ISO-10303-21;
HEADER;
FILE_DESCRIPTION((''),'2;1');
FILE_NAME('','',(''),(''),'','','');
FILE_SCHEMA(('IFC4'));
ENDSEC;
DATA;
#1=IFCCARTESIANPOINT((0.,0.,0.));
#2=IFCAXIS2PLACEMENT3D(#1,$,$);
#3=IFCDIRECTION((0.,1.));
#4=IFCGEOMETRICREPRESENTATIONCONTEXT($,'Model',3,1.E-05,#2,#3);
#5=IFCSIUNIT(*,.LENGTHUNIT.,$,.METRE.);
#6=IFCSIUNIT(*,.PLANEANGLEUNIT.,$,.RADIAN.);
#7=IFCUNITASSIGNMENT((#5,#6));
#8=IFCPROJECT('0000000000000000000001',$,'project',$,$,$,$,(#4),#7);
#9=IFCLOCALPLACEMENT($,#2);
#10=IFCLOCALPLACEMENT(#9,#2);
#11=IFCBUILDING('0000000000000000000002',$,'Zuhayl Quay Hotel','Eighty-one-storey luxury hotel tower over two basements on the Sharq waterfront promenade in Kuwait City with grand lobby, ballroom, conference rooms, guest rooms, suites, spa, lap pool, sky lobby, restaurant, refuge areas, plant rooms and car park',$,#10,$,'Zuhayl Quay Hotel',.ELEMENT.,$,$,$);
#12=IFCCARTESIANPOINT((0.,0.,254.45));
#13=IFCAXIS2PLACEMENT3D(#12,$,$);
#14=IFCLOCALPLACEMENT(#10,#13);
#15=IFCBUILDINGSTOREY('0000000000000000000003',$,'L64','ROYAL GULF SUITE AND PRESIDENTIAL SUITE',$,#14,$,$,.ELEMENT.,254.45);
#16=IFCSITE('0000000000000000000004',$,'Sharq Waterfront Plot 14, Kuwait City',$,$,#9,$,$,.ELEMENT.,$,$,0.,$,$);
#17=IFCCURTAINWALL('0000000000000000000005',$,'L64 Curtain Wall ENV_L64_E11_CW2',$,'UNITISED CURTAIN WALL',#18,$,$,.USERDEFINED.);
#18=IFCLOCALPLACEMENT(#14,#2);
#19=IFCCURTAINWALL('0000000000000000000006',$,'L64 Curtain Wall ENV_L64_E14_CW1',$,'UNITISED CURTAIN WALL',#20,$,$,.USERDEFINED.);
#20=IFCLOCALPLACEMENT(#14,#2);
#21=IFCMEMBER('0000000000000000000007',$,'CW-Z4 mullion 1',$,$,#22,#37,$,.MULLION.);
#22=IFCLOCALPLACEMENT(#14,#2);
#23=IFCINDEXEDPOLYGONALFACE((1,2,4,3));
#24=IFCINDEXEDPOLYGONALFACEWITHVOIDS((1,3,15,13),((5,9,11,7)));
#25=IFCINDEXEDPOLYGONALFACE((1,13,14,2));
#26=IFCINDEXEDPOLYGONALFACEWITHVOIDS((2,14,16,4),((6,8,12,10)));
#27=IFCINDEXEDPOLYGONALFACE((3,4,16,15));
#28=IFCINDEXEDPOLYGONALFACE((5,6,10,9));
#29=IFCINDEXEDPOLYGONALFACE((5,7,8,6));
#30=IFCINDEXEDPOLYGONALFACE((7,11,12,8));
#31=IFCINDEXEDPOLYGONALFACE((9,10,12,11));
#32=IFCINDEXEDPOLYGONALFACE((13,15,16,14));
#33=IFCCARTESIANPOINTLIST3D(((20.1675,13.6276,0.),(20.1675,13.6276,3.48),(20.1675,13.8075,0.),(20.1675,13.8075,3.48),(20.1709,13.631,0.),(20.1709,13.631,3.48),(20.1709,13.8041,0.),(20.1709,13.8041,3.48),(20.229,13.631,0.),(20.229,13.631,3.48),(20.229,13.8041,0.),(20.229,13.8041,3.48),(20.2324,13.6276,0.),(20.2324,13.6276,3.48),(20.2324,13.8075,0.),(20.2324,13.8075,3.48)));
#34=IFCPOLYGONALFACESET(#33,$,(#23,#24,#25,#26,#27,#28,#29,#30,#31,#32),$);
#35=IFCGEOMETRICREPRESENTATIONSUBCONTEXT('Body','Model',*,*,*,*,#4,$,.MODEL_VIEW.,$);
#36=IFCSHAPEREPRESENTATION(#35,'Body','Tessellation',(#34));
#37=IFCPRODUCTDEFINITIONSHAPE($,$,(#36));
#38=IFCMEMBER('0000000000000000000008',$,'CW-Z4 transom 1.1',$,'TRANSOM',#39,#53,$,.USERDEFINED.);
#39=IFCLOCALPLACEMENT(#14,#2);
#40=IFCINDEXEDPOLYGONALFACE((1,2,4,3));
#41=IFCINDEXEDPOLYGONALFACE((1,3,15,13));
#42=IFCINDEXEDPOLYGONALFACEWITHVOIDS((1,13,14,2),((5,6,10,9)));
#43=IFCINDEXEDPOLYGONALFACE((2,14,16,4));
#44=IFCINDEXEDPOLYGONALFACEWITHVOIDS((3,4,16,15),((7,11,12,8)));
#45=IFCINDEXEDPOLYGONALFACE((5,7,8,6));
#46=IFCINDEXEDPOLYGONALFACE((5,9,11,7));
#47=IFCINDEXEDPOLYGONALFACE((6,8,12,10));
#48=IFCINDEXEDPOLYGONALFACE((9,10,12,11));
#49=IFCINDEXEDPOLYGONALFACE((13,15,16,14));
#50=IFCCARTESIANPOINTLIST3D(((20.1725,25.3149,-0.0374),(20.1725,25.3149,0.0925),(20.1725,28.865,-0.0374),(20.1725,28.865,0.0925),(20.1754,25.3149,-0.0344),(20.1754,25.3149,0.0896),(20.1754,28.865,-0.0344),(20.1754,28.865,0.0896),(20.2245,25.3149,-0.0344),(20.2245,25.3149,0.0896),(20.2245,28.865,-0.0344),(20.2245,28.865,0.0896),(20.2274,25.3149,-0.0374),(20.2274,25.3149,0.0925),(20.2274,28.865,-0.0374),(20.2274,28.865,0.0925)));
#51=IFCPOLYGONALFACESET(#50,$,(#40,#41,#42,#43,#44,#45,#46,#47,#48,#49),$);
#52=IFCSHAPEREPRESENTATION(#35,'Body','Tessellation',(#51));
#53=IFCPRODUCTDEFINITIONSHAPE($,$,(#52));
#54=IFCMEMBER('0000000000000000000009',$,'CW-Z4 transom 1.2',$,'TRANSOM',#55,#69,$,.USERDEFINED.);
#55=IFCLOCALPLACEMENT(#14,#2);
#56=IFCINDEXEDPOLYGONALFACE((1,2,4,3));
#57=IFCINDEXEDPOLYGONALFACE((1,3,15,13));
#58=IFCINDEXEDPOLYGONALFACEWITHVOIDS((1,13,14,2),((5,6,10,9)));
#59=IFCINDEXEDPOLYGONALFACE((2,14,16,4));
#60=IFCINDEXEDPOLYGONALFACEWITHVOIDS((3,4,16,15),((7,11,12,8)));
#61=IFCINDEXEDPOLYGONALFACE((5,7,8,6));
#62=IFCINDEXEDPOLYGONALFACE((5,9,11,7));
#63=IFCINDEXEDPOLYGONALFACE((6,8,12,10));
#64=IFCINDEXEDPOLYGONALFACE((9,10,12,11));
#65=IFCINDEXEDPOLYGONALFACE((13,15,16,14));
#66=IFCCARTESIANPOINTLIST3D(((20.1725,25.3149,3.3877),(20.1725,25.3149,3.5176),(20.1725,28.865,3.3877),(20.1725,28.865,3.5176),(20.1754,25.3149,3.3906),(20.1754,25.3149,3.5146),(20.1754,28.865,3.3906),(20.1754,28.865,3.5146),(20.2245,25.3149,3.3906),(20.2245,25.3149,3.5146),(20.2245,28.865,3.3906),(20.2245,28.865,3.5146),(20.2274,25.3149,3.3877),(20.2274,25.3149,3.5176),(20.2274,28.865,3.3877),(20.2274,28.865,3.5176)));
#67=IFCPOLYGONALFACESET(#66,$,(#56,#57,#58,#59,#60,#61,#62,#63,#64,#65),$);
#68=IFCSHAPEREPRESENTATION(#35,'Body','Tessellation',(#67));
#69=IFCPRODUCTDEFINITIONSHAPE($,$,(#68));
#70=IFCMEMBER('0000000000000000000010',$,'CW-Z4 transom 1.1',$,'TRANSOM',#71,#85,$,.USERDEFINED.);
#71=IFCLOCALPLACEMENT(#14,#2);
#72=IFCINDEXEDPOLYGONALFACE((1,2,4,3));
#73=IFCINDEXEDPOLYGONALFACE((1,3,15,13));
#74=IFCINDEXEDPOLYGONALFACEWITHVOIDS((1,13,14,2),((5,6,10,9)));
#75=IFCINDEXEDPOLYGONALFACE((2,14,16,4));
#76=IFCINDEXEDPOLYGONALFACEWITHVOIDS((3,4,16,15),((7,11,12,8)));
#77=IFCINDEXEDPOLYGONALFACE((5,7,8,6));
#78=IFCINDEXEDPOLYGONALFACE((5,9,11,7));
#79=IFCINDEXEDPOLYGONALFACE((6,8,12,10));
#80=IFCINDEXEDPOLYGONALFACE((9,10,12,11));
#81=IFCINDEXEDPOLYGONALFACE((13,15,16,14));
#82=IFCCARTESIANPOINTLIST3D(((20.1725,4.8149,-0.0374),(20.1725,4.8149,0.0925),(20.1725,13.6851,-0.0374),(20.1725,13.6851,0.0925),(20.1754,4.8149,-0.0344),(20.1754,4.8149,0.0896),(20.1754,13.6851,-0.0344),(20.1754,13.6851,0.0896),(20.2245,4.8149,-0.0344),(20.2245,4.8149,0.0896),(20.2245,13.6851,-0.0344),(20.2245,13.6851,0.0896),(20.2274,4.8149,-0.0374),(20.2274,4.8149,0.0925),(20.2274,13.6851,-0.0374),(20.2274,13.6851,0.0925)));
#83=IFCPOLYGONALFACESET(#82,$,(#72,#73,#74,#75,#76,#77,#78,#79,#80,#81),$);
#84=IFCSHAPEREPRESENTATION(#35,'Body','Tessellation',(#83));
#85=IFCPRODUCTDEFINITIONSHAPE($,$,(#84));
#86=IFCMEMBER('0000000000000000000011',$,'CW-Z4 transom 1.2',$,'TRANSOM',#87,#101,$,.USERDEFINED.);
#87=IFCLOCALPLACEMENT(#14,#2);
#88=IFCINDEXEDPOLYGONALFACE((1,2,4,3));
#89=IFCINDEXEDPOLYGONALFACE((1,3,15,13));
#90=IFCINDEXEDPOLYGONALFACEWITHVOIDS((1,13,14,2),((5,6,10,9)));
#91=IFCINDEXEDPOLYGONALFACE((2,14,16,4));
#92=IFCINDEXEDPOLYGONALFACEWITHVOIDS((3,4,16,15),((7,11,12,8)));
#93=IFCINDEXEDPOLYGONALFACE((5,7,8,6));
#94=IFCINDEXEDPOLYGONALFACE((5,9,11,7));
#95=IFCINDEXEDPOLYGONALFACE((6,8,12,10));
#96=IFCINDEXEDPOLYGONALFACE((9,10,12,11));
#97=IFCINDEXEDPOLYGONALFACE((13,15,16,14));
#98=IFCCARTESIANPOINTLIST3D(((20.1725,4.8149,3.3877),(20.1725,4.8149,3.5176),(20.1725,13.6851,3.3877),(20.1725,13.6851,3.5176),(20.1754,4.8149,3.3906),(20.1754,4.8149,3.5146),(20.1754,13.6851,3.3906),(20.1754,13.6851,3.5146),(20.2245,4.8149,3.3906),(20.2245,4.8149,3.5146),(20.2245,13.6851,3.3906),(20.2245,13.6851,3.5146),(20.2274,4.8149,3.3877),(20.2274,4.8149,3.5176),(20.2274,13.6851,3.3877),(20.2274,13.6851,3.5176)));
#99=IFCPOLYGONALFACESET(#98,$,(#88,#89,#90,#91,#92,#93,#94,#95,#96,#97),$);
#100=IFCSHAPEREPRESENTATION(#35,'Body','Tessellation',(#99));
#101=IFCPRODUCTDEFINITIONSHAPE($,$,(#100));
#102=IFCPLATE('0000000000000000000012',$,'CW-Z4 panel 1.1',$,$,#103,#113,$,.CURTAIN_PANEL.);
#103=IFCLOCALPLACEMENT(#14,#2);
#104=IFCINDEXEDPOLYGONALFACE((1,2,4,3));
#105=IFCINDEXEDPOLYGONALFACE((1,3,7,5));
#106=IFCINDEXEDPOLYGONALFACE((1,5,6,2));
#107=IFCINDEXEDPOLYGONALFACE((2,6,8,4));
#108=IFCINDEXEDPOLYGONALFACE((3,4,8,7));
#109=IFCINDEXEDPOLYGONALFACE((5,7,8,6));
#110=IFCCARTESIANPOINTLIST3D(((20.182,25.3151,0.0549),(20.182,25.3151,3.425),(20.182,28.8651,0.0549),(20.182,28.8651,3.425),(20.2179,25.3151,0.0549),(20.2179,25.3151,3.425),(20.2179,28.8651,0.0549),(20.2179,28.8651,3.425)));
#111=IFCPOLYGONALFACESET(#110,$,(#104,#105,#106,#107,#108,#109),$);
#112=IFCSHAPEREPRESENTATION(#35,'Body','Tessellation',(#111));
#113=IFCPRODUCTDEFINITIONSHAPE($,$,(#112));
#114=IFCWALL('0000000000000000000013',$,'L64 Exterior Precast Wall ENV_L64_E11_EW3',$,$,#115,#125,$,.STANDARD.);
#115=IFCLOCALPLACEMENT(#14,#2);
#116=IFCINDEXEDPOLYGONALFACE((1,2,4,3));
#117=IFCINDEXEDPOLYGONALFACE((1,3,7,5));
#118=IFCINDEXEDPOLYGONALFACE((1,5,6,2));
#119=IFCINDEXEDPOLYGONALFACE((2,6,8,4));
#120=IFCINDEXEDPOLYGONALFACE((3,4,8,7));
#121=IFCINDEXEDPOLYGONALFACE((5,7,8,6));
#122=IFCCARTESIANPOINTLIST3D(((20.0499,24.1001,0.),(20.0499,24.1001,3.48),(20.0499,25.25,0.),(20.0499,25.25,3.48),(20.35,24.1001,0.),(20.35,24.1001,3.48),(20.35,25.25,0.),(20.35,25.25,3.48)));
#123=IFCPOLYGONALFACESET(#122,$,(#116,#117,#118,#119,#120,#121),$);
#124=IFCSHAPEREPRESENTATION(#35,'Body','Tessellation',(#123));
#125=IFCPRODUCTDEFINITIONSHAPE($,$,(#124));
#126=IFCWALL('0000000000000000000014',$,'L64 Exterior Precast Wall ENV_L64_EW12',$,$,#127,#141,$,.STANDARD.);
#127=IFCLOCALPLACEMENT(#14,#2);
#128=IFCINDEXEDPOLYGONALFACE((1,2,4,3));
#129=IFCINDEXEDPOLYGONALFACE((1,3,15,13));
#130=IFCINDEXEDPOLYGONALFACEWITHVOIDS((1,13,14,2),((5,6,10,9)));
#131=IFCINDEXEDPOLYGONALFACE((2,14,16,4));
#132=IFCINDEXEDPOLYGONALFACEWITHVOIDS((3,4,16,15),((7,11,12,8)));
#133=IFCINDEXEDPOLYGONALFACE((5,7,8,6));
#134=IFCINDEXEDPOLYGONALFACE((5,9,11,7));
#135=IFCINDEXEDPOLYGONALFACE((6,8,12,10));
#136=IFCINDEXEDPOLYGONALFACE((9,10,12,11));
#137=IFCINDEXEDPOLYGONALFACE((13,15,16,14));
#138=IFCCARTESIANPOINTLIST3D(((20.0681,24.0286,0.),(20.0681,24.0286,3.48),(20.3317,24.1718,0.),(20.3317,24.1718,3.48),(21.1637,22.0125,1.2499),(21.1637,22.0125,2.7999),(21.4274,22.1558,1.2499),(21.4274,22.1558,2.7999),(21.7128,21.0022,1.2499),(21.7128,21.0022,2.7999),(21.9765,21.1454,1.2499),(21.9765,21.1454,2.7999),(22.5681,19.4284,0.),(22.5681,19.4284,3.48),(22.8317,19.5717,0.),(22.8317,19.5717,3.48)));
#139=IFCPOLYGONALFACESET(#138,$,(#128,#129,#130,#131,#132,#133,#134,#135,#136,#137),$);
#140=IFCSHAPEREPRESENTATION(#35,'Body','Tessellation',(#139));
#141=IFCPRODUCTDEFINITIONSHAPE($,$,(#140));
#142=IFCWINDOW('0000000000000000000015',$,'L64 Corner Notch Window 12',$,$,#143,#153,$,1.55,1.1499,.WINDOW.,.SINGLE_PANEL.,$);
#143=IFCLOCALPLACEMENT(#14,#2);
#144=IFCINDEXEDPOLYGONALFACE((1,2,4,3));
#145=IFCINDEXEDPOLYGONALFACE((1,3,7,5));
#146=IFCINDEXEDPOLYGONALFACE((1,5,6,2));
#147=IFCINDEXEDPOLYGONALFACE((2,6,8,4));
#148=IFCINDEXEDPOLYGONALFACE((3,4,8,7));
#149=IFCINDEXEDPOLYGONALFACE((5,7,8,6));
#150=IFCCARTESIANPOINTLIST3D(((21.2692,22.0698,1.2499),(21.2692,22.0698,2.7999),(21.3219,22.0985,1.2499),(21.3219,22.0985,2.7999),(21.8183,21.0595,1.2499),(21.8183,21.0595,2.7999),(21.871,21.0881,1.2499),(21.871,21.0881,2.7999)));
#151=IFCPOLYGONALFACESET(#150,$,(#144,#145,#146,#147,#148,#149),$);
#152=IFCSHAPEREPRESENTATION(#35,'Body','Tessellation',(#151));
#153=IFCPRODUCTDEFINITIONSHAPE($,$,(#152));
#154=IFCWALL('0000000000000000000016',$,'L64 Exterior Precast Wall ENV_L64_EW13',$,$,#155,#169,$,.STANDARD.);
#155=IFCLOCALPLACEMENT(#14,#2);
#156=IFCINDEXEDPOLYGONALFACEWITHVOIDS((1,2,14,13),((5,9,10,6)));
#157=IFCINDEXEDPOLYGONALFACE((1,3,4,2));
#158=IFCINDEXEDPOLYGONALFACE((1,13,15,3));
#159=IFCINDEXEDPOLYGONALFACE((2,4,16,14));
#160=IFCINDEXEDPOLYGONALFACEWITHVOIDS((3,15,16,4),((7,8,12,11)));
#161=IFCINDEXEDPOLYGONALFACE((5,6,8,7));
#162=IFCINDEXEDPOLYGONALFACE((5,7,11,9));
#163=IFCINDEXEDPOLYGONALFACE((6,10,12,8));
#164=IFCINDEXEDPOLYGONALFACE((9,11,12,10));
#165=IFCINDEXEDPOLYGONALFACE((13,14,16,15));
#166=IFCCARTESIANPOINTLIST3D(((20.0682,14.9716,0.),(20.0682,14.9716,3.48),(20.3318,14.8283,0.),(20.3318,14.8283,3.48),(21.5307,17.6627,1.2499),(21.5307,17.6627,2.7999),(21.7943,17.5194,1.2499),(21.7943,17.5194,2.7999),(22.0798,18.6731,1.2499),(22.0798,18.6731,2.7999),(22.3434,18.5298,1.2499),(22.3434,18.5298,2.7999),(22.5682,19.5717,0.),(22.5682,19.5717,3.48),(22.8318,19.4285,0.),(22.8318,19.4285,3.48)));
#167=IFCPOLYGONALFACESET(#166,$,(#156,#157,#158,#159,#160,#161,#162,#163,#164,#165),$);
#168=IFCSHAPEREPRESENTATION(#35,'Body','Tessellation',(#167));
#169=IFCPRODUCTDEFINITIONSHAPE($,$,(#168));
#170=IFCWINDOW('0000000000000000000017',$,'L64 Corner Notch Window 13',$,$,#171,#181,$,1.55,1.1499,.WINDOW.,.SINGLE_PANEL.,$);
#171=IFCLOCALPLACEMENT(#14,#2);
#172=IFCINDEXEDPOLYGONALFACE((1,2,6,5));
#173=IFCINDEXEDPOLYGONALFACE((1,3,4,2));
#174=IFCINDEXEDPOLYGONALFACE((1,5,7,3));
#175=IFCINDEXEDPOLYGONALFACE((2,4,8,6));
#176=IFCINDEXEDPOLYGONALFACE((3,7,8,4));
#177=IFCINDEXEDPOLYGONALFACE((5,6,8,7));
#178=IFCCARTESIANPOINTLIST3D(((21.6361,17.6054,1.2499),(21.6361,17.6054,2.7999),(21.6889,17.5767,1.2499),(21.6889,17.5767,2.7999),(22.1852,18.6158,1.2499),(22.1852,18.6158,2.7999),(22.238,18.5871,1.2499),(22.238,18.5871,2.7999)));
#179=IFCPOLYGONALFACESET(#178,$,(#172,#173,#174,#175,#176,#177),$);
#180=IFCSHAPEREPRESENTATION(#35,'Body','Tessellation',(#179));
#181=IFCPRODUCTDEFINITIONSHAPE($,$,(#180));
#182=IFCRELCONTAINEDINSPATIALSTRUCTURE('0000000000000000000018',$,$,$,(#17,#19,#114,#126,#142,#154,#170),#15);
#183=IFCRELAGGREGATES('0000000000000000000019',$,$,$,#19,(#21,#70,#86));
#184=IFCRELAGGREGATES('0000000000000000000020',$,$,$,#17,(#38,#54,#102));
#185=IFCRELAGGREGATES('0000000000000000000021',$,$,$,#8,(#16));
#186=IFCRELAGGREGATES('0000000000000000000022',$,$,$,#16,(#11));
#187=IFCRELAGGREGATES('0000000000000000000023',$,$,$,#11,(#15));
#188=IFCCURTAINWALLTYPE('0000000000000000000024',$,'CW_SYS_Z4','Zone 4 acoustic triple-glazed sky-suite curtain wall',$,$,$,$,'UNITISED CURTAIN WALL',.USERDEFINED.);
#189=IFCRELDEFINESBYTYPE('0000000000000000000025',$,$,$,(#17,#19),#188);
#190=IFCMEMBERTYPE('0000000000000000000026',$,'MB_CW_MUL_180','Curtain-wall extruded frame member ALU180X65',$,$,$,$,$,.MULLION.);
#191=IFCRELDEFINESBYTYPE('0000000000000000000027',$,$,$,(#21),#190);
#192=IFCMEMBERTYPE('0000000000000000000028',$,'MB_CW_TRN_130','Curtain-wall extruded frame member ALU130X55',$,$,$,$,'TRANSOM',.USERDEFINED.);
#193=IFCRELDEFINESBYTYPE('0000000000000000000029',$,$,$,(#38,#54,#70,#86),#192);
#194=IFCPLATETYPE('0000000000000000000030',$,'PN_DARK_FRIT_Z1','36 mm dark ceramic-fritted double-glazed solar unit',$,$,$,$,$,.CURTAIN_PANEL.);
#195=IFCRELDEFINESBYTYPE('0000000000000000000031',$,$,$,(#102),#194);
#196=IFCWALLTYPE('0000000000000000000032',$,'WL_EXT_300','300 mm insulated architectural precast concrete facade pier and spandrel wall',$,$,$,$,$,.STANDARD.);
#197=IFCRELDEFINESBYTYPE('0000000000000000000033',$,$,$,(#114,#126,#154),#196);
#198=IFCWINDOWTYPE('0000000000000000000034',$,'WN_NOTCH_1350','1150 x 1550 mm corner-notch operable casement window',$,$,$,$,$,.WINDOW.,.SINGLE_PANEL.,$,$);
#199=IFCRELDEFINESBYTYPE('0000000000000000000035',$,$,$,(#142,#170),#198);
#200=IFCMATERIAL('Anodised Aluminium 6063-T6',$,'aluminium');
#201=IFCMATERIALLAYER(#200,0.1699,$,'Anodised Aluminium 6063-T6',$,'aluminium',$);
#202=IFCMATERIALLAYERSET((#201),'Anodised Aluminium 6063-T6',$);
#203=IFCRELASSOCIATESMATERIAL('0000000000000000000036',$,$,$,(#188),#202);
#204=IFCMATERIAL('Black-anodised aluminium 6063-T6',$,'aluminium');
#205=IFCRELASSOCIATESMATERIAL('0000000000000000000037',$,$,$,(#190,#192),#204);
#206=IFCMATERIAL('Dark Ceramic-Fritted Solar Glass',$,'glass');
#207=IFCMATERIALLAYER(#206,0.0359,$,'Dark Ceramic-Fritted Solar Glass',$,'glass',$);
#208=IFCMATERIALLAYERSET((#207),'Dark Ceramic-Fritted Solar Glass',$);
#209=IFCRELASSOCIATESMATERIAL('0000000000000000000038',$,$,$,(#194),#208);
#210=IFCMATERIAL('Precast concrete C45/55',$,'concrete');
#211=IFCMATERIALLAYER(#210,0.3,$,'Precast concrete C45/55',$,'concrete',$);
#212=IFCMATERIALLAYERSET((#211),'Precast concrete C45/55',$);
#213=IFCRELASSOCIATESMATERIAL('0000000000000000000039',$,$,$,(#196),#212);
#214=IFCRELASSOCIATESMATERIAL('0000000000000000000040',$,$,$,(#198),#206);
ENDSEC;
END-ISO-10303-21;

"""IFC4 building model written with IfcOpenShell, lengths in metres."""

from ifc_helpers import new_model, si_unit, direction, frame, frame_2d, origin, origin_2d, place, context, subcontext, project, spatial, rectangle, hollow_rectangle, extrude, material, layer, layer_set, material_profile, profile_set, type_object, element, fill, aggregate, save


model = new_model("IFC4")

# Units and contexts
model_context = context("Model", 3, precision=1e-05, world=origin(), true_north=direction((0.0, 1.0)))
body_context = subcontext(model_context, "Body", "Model", "MODEL_VIEW")
ifc_project = project(units=[si_unit("LENGTHUNIT", "METRE"), si_unit("PLANEANGLEUNIT", "RADIAN")], contexts=[model_context])

# Site, building, storey
site_placement = place(None, origin())
site = spatial("IfcSite", under=ifc_project, at=site_placement, Name="Sharq Waterfront Plot 14, Kuwait City", CompositionType="ELEMENT", RefElevation=0.0)
building_placement = place(site_placement, origin())
building = spatial("IfcBuilding", under=site, at=building_placement, Name="Zuhayl Quay Hotel", Description="Eighty-one-storey luxury hotel tower over two basements on the Sharq waterfront promenade in Kuwait City with grand lobby, ballroom, conference rooms, guest rooms, suites, spa, lap pool, sky lobby, restaurant, refuge areas, plant rooms and car park", LongName="Zuhayl Quay Hotel", CompositionType="ELEMENT")
storey_placement = place(building_placement, frame((0.0, 0.0, 254.45)))
storey = spatial("IfcBuildingStorey", under=building, at=storey_placement, Name="L64", Description="ROYAL GULF SUITE AND PRESIDENTIAL SUITE", CompositionType="ELEMENT", Elevation=254.45)

# Curtain wall
ifc_material_1 = material(Name="Anodised Aluminium 6063-T6", Category="aluminium")
ifc_layer_1 = layer(ifc_material_1, 0.1699, Name="Anodised Aluminium 6063-T6", Category="aluminium")
ifc_layer_set_1 = layer_set([ifc_layer_1], Name="Anodised Aluminium 6063-T6")
curtain_wall_type = type_object("IfcCurtainWallType", Name="CW_SYS_Z4", Description="Zone 4 acoustic triple-glazed sky-suite curtain wall", ElementType="UNITISED CURTAIN WALL", PredefinedType="USERDEFINED", material=ifc_layer_set_1)
curtain_wall_1_placement = place(storey_placement, origin())
curtain_wall_1 = element("IfcCurtainWall", 1, at=curtain_wall_1_placement, inside=storey, type_object=curtain_wall_type, Name="L64 Curtain Wall ENV_L64_E11_CW2", ObjectType="UNITISED CURTAIN WALL", PredefinedType="USERDEFINED")
ifc_material_2 = material(Name="Black-anodised aluminium 6063-T6", Category="aluminium")
ifc_material_profile_1 = material_profile(ifc_material_2, hollow_rectangle(XDim=0.0649, YDim=0.1799, WallThickness=0.0034, at=origin_2d()), Name="ALU180X65")
ifc_profile_set_1 = profile_set([ifc_material_profile_1], Name="Black-anodised aluminium 6063-T6")
member_type_1 = type_object("IfcMemberType", Name="MB_CW_MUL_180", Description="Curtain-wall extruded frame member ALU180X65", PredefinedType="MULLION", material=ifc_profile_set_1)

# Curtain wall, member
curtain_wall_2_placement = place(storey_placement, origin())
curtain_wall_2 = element("IfcCurtainWall", 2, at=curtain_wall_2_placement, inside=storey, type_object=curtain_wall_type, Name="L64 Curtain Wall ENV_L64_E14_CW1", ObjectType="UNITISED CURTAIN WALL", PredefinedType="USERDEFINED")
member_1_placement = place(storey_placement, frame((20.2, 13.7175, 0.0), z_axis=(0.0, 0.0, 1.0), x_axis=(1.0, 0.0, 0.0)))
member_1 = element("IfcMember", 3, at=member_1_placement, type_object=member_type_1, Name="CW-Z4 mullion 1", PredefinedType="MULLION", context=body_context, shape_type="SweptSolid", body=[
    extrude(hollow_rectangle(XDim=0.0649, YDim=0.1799, WallThickness=0.0034, at=origin_2d()), origin(), (0.0, 0.0, 1.0), 3.48),
])

# Members
ifc_material_profile_2 = material_profile(ifc_material_2, hollow_rectangle(XDim=0.0549, YDim=0.1299, WallThickness=0.0029, at=origin_2d()), Name="ALU130X55")
ifc_profile_set_2 = profile_set([ifc_material_profile_2], Name="Black-anodised aluminium 6063-T6")
member_type_2 = type_object("IfcMemberType", Name="MB_CW_TRN_130", Description="Curtain-wall extruded frame member ALU130X55", ElementType="TRANSOM", PredefinedType="USERDEFINED", material=ifc_profile_set_2)
member_2_placement = place(storey_placement, frame((20.2, 28.865, 0.0276), z_axis=(0.0, -1.0, 0.0), x_axis=(1.0, 0.0, 0.0)))
member_2 = element("IfcMember", 4, at=member_2_placement, type_object=member_type_2, Name="CW-Z4 transom 1.1", ObjectType="TRANSOM", PredefinedType="USERDEFINED", context=body_context, shape_type="SweptSolid", body=[
    extrude(hollow_rectangle(XDim=0.0549, YDim=0.1299, WallThickness=0.0029, at=origin_2d()), origin(), (0.0, 0.0, 1.0), 3.55),
])
member_3_placement = place(storey_placement, frame((20.2, 28.865, 3.4526), z_axis=(0.0, -1.0, 0.0), x_axis=(1.0, 0.0, 0.0)))
member_3 = element("IfcMember", 5, at=member_3_placement, type_object=member_type_2, Name="CW-Z4 transom 1.2", ObjectType="TRANSOM", PredefinedType="USERDEFINED", context=body_context, shape_type="SweptSolid", body=[
    extrude(hollow_rectangle(XDim=0.0549, YDim=0.1299, WallThickness=0.0029, at=origin_2d()), origin(), (0.0, 0.0, 1.0), 3.55),
])
member_4_placement = place(storey_placement, frame((20.2, 13.6851, 0.0276), z_axis=(0.0, -1.0, 0.0), x_axis=(1.0, 0.0, 0.0)))
member_4 = element("IfcMember", 6, at=member_4_placement, type_object=member_type_2, Name="CW-Z4 transom 1.1", ObjectType="TRANSOM", PredefinedType="USERDEFINED", context=body_context, shape_type="SweptSolid", body=[
    extrude(hollow_rectangle(XDim=0.0549, YDim=0.1299, WallThickness=0.0029, at=origin_2d()), origin(), (0.0, 0.0, 1.0), 8.8701),
])
member_5_placement = place(storey_placement, frame((20.2, 13.6851, 3.4526), z_axis=(0.0, -1.0, 0.0), x_axis=(1.0, 0.0, 0.0)))
member_5 = element("IfcMember", 7, at=member_5_placement, type_object=member_type_2, Name="CW-Z4 transom 1.2", ObjectType="TRANSOM", PredefinedType="USERDEFINED", context=body_context, shape_type="SweptSolid", body=[
    extrude(hollow_rectangle(XDim=0.0549, YDim=0.1299, WallThickness=0.0029, at=origin_2d()), origin(), (0.0, 0.0, 1.0), 8.8701),
])
aggregate(curtain_wall_2, [member_1, member_4, member_5])

# Plate
ifc_material_3 = material(Name="Dark Ceramic-Fritted Solar Glass", Category="glass")
ifc_layer_2 = layer(ifc_material_3, 0.0359, Name="Dark Ceramic-Fritted Solar Glass", Category="glass")
ifc_layer_set_2 = layer_set([ifc_layer_2], Name="Dark Ceramic-Fritted Solar Glass")
plate_type = type_object("IfcPlateType", Name="PN_DARK_FRIT_Z1", Description="36 mm dark ceramic-fritted double-glazed solar unit", PredefinedType="CURTAIN_PANEL", material=ifc_layer_set_2)
plate_placement = place(storey_placement, frame((20.2, 27.0901, 0.0549), z_axis=(0.0, 0.0, 1.0), x_axis=(0.0, -1.0, 0.0)))
plate = element("IfcPlate", 8, at=plate_placement, type_object=plate_type, Name="CW-Z4 panel 1.1", PredefinedType="CURTAIN_PANEL", context=body_context, shape_type="SweptSolid", body=[
    extrude(rectangle(XDim=3.55, YDim=0.0359, at=origin_2d()), origin(), (0.0, 0.0, 1.0), 3.3701),
])
aggregate(curtain_wall_1, [member_2, member_3, plate])

# Wall
ifc_material_4 = material(Name="Precast concrete C45/55", Category="concrete")
ifc_layer_3 = layer(ifc_material_4, 0.3, Name="Precast concrete C45/55", Category="concrete")
ifc_layer_set_3 = layer_set([ifc_layer_3], Name="Precast concrete C45/55")
wall_type_1 = type_object("IfcWallType", Name="WL_EXT_300", Description="300 mm insulated architectural precast concrete facade pier and spandrel wall", PredefinedType="STANDARD", material=ifc_layer_set_3)
wall_1_placement = place(storey_placement, frame((20.2, 25.25, 0.0), z_axis=(0.0, 0.0, 1.0), x_axis=(0.0, -1.0, 0.0)))
element("IfcWall", 9, at=wall_1_placement, inside=storey, type_object=wall_type_1, Name="L64 Exterior Precast Wall ENV_L64_E11_EW3", PredefinedType="STANDARD", context=body_context, shape_type="SweptSolid", body=[
    extrude(rectangle(XDim=1.1499, YDim=0.3, at=frame_2d((0.575, 0.0))), origin(), (0.0, 0.0, 1.0), 3.48),
])

# Walls, openings, windows
wall_2_placement = place(storey_placement, frame((20.2, 24.1001, 0.0), z_axis=(0.0, 0.0, 1.0), x_axis=(0.477505, -0.878629, 0.0)))
wall_2 = element("IfcWall", 10, at=wall_2_placement, inside=storey, type_object=wall_type_1, Name="L64 Exterior Precast Wall ENV_L64_EW12", PredefinedType="STANDARD", context=body_context, shape_type="SweptSolid", body=[
    extrude(rectangle(XDim=5.2356, YDim=0.3, at=frame_2d((2.6177, 0.0))), origin(), (0.0, 0.0, 1.0), 3.48),
])
opening_1_placement = place(wall_2_placement, frame((2.2944, 0.0, 1.25)))
opening_1 = element("IfcOpeningElement", 11, at=opening_1_placement, cuts=wall_2, PredefinedType="OPENING", context=body_context, shape_type="SweptSolid", body=[
    extrude(rectangle(XDim=1.1499, YDim=1.55, at=frame_2d((0.575, 0.7749))), frame((0.0, 0.1599, 0.0), z_axis=(0.0, -1.0, 0.0), x_axis=(1.0, 0.0, 0.0)), (0.0, 0.0, 1.0), 0.3201),
])
window_type = type_object("IfcWindowType", Name="WN_NOTCH_1350", Description="1150 x 1550 mm corner-notch operable casement window", PartitioningType="SINGLE_PANEL", PredefinedType="WINDOW", material=ifc_material_3)
window_1_placement = place(opening_1_placement, origin())
window_1 = element("IfcWindow", 12, at=window_1_placement, inside=storey, type_object=window_type, Name="L64 Corner Notch Window 12", OverallHeight=1.55, OverallWidth=1.1499, PartitioningType="SINGLE_PANEL", PredefinedType="WINDOW", context=body_context, shape_type="SweptSolid", body=[
    extrude(rectangle(XDim=1.1499, YDim=1.55, at=frame_2d((0.575, 0.7749))), frame((0.0, 0.03, 0.0), z_axis=(0.0, -1.0, 0.0), x_axis=(1.0, 0.0, 0.0)), (0.0, 0.0, 1.0), 0.0601),
])
fill(opening_1, window_1)
wall_3_placement = place(storey_placement, frame((22.7, 19.5, 0.0), z_axis=(0.0, 0.0, 1.0), x_axis=(-0.477505, -0.878629, 0.0)))
wall_3 = element("IfcWall", 13, at=wall_3_placement, inside=storey, type_object=wall_type_1, Name="L64 Exterior Precast Wall ENV_L64_EW13", PredefinedType="STANDARD", context=body_context, shape_type="SweptSolid", body=[
    extrude(rectangle(XDim=5.2356, YDim=0.3, at=frame_2d((2.6177, 0.0))), origin(), (0.0, 0.0, 1.0), 3.48),
])
opening_2_placement = place(wall_3_placement, frame((1.0227, 0.0, 1.25)))
opening_2 = element("IfcOpeningElement", 14, at=opening_2_placement, cuts=wall_3, PredefinedType="OPENING", context=body_context, shape_type="SweptSolid", body=[
    extrude(rectangle(XDim=1.1499, YDim=1.55, at=frame_2d((0.575, 0.7749))), frame((0.0, 0.1599, 0.0), z_axis=(0.0, -1.0, 0.0), x_axis=(1.0, 0.0, 0.0)), (0.0, 0.0, 1.0), 0.3201),
])
window_2_placement = place(opening_2_placement, origin())
window_2 = element("IfcWindow", 15, at=window_2_placement, inside=storey, type_object=window_type, Name="L64 Corner Notch Window 13", OverallHeight=1.55, OverallWidth=1.1499, PartitioningType="SINGLE_PANEL", PredefinedType="WINDOW", context=body_context, shape_type="SweptSolid", body=[
    extrude(rectangle(XDim=1.1499, YDim=1.55, at=frame_2d((0.575, 0.7749))), frame((0.0, 0.03, 0.0), z_axis=(0.0, -1.0, 0.0), x_axis=(1.0, 0.0, 0.0)), (0.0, 0.0, 1.0), 0.0601),
])
fill(opening_2, window_2)

save(model, "model.ifc")
